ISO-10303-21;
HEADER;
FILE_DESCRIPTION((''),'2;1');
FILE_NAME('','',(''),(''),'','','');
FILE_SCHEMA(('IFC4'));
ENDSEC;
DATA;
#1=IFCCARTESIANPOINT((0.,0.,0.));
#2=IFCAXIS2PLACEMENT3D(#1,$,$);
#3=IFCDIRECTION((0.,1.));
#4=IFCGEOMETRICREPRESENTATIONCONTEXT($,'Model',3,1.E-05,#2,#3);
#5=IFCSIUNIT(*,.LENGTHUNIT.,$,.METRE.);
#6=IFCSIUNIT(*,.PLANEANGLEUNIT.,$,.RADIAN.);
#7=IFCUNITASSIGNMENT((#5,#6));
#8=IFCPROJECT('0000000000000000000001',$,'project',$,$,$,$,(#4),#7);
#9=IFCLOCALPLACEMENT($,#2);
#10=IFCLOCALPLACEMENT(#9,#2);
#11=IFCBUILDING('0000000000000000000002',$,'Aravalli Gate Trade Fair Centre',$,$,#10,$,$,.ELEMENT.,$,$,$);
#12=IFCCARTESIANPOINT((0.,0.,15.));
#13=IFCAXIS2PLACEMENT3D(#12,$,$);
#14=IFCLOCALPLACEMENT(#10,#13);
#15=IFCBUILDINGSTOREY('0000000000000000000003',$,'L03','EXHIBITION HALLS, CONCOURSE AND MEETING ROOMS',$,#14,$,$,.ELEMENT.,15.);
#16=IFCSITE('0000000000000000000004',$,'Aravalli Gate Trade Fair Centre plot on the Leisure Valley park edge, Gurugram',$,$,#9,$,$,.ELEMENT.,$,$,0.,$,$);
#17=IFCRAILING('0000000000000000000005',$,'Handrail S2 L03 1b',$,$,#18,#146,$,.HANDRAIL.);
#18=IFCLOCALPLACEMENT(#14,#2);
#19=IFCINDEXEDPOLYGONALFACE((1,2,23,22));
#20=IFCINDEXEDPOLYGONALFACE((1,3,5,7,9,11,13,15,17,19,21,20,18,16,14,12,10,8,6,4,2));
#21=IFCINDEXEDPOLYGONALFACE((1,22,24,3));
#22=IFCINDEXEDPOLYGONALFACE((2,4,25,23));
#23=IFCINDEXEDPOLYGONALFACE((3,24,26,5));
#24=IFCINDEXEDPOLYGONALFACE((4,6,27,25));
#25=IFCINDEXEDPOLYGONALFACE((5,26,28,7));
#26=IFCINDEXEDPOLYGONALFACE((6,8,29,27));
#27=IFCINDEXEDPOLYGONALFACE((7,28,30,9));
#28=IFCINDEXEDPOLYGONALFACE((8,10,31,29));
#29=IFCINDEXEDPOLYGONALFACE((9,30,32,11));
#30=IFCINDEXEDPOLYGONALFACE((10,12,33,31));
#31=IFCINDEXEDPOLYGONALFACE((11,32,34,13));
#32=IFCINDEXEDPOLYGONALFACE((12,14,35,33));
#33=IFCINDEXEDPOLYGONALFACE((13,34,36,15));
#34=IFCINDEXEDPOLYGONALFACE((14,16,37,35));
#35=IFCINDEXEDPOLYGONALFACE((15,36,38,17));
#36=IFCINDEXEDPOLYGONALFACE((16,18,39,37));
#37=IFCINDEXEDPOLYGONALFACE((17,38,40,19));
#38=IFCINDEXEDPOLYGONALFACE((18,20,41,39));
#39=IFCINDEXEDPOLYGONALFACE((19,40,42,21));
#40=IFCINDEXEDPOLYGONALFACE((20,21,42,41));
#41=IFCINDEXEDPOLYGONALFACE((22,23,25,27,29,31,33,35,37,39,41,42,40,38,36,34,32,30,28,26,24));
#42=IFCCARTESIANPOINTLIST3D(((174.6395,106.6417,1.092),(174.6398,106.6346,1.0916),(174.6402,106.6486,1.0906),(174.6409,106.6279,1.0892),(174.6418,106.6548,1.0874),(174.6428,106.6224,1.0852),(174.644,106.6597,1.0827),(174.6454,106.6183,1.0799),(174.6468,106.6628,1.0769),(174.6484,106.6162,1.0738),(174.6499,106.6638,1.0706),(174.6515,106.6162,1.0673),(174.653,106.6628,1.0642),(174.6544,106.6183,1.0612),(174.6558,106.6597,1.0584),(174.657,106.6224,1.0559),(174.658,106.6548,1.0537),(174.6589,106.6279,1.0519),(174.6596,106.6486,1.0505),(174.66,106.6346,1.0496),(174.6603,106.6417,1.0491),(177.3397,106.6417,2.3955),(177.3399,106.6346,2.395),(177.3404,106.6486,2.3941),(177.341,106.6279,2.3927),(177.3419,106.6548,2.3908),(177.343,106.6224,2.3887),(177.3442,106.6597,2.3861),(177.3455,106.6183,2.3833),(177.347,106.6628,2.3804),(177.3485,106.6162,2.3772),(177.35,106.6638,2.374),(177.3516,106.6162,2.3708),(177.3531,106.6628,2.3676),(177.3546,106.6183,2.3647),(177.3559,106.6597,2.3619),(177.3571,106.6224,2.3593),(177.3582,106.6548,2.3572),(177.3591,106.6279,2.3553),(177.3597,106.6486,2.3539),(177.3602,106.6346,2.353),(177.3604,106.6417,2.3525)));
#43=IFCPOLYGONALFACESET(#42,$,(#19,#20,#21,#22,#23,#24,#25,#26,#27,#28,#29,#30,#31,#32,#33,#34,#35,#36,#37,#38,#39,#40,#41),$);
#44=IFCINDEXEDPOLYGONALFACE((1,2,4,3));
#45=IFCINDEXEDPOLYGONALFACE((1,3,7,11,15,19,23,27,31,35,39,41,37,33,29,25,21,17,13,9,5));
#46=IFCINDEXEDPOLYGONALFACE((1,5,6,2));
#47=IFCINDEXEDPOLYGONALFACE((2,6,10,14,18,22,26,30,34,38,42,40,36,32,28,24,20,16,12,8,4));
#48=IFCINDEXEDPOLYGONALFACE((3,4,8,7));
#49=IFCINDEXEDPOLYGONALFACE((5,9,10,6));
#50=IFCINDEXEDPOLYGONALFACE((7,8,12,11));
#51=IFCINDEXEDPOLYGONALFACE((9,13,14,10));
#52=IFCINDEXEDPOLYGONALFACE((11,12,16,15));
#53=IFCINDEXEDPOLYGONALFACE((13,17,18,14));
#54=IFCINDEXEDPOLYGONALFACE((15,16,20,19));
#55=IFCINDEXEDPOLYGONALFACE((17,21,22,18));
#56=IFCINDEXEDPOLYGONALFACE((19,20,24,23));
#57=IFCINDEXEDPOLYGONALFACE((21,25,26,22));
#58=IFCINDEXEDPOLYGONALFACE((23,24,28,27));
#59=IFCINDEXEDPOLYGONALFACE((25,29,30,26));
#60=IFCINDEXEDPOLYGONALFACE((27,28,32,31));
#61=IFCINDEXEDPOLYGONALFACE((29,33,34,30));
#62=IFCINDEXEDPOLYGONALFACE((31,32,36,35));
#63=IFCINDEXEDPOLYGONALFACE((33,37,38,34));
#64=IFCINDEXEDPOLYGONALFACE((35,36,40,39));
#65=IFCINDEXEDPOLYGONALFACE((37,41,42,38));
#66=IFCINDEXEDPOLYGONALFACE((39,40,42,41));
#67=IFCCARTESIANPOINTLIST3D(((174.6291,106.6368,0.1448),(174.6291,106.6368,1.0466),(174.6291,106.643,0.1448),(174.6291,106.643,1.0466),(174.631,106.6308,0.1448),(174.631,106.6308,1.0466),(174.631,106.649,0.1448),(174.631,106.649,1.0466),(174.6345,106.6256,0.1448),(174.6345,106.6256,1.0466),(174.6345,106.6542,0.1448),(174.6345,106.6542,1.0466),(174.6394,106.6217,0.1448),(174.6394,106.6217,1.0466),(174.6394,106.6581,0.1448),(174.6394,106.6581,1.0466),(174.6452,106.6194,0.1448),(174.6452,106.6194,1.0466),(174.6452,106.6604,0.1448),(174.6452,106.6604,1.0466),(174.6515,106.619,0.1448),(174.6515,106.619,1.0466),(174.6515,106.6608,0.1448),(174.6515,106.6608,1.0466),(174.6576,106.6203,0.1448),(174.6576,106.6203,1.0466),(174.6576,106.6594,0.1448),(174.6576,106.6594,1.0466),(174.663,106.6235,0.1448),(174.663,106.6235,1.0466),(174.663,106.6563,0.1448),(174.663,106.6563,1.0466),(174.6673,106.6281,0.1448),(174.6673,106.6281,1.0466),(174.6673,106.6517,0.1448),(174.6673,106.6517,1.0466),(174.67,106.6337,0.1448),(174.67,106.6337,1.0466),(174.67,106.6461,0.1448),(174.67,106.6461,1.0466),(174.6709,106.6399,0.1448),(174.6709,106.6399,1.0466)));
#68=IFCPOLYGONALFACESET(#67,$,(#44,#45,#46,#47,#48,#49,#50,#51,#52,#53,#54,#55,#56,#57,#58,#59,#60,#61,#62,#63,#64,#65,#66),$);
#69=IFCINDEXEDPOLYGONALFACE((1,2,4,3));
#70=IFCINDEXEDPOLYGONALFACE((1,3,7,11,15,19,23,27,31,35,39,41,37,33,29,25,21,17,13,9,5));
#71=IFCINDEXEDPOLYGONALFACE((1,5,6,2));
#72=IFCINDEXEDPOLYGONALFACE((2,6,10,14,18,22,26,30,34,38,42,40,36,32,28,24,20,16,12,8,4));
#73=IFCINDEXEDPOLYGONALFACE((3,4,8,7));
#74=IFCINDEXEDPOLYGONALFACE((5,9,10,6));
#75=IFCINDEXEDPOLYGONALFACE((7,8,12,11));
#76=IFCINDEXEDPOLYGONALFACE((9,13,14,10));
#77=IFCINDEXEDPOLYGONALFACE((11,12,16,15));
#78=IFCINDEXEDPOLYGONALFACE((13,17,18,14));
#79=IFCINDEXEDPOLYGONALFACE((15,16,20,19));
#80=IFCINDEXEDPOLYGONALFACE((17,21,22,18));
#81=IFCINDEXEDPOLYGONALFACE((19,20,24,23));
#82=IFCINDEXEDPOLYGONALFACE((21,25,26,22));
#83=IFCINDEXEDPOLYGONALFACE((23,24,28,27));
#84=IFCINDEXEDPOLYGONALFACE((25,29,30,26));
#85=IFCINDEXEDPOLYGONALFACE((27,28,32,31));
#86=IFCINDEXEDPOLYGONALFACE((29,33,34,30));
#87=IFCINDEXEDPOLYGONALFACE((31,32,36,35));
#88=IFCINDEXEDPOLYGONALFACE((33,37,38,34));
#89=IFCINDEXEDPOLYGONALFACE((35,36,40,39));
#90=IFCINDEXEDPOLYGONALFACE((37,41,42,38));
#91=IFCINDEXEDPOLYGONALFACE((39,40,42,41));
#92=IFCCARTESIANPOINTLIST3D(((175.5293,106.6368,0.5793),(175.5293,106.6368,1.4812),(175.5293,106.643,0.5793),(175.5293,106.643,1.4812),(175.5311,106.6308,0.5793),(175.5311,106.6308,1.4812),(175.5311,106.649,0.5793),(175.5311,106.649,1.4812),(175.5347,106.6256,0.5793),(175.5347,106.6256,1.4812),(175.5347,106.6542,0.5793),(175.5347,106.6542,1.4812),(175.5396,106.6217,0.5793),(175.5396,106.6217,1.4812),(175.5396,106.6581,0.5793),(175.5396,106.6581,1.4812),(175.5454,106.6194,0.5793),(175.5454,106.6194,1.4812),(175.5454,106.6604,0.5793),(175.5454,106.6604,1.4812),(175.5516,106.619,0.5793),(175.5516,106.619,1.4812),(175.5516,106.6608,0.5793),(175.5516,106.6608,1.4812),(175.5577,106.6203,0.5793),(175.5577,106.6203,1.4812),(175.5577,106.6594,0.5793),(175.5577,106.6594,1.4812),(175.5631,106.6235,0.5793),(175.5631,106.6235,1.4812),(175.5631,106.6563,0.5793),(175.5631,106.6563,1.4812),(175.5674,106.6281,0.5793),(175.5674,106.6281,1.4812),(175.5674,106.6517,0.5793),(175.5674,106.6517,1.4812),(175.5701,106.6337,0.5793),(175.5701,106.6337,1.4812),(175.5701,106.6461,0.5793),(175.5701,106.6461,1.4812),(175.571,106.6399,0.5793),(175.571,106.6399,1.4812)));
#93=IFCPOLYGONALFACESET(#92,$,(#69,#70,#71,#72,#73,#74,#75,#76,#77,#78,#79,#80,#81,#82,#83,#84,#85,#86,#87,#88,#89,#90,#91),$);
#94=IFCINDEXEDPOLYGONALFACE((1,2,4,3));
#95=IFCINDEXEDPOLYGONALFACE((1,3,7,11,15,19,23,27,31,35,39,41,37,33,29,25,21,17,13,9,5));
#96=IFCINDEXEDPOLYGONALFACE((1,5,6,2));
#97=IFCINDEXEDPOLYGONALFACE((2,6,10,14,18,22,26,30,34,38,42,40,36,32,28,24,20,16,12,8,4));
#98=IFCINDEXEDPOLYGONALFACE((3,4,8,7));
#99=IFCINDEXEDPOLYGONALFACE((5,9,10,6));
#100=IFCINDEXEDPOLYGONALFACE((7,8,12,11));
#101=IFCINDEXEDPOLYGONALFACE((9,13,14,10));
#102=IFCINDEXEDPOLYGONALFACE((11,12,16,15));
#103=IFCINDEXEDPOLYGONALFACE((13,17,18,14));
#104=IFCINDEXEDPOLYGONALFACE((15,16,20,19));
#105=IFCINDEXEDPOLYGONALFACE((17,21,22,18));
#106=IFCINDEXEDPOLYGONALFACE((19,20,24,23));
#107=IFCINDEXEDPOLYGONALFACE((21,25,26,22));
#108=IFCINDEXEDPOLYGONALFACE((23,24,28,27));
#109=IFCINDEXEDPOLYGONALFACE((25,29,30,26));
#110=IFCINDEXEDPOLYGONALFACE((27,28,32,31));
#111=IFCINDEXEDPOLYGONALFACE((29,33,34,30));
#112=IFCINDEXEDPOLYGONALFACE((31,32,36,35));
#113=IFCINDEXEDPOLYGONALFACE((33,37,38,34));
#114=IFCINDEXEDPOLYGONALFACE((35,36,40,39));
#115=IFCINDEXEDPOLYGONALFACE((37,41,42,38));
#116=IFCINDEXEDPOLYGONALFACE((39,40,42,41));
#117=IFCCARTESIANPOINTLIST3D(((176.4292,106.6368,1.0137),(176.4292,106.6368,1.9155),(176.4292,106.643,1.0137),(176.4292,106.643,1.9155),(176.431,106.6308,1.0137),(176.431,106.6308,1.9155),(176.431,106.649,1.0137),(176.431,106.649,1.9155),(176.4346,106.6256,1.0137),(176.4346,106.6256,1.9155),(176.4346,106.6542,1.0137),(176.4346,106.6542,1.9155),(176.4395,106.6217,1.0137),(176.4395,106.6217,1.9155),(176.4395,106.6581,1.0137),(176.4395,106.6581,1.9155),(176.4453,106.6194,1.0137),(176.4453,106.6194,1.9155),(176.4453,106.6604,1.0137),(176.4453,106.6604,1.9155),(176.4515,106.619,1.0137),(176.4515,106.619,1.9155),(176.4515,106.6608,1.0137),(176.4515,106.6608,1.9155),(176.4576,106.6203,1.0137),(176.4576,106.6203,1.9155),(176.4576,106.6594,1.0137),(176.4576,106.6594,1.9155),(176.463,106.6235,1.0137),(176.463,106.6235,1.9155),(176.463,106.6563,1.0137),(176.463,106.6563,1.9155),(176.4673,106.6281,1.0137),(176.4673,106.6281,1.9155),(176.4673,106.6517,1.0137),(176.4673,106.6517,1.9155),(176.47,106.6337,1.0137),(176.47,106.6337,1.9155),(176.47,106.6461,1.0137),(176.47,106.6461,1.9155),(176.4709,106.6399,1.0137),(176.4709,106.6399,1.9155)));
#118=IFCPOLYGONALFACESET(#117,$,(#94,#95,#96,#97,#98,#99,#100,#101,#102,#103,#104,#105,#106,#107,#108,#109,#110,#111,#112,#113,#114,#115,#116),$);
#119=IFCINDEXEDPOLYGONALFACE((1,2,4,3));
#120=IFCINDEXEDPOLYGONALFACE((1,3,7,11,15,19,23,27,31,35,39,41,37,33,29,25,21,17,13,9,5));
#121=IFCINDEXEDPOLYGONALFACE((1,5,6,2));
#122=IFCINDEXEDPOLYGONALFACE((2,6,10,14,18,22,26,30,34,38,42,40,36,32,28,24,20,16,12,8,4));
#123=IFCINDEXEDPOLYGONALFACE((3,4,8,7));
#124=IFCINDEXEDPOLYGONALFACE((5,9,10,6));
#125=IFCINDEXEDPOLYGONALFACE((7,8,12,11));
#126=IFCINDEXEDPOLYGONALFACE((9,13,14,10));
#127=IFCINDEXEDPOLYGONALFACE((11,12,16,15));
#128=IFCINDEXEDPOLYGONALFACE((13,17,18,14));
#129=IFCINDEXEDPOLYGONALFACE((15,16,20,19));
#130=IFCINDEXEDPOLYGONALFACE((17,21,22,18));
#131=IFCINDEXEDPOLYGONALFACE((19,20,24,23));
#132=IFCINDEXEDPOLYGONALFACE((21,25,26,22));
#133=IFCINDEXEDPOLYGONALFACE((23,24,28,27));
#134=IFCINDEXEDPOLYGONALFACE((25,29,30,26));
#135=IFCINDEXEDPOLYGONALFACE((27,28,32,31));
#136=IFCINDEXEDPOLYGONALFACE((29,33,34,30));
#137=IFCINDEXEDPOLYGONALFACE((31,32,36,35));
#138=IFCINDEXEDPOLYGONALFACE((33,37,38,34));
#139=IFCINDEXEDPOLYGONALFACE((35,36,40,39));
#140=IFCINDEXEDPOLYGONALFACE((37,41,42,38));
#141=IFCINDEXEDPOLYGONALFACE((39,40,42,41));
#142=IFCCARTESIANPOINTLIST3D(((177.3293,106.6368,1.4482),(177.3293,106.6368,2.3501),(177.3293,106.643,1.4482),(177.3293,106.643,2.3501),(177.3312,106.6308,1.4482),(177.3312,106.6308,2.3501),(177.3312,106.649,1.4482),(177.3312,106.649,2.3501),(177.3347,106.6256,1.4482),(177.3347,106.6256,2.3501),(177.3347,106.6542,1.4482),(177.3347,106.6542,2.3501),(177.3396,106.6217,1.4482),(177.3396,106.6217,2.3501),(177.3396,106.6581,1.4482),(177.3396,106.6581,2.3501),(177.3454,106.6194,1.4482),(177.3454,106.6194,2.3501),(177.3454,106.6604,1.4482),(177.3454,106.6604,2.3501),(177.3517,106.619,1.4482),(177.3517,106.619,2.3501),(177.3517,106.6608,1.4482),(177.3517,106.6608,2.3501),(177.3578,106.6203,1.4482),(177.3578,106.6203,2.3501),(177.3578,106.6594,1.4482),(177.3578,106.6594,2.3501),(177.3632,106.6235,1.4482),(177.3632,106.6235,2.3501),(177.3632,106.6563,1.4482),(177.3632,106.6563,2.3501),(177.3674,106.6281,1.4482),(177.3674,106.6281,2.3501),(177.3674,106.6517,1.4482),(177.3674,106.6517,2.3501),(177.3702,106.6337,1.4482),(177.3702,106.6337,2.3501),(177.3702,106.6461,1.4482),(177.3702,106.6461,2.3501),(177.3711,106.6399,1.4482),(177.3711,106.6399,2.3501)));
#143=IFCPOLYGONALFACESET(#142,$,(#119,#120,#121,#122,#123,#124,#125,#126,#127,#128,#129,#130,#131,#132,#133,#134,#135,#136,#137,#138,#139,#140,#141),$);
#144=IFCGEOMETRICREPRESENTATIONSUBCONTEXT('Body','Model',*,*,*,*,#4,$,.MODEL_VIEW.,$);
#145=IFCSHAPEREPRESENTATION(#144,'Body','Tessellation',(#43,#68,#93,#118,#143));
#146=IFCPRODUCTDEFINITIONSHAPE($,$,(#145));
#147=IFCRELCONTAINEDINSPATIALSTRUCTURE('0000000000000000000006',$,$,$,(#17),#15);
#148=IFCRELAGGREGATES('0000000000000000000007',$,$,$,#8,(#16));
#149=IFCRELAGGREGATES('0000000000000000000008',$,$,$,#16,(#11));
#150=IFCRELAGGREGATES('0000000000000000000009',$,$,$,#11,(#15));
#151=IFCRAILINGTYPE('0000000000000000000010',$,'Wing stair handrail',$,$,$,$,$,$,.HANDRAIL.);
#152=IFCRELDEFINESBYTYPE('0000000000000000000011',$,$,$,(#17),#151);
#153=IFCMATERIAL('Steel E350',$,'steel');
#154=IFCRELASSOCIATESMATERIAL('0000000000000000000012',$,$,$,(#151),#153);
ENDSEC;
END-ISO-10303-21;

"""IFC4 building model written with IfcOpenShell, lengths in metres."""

from ifc_helpers import new_model, si_unit, direction, frame, origin, origin_2d, place, context, subcontext, project, spatial, circle, extrude, material, type_object, element, save


model = new_model("IFC4")

# Units and contexts
model_context = context("Model", 3, precision=1e-05, world=origin(), true_north=direction((0.0, 1.0)))
body_context = subcontext(model_context, "Body", "Model", "MODEL_VIEW")
ifc_project = project(units=[si_unit("LENGTHUNIT", "METRE"), si_unit("PLANEANGLEUNIT", "RADIAN")], contexts=[model_context])

# Site, building, storey
site_placement = place(None, origin())
site = spatial("IfcSite", under=ifc_project, at=site_placement, Name="Aravalli Gate Trade Fair Centre plot on the Leisure Valley park edge, Gurugram", CompositionType="ELEMENT", RefElevation=0.0)
building_placement = place(site_placement, origin())
building = spatial("IfcBuilding", under=site, at=building_placement, Name="Aravalli Gate Trade Fair Centre", CompositionType="ELEMENT")
storey_placement = place(building_placement, frame((0.0, 0.0, 15.0)))
storey = spatial("IfcBuildingStorey", under=building, at=storey_placement, Name="L03", Description="EXHIBITION HALLS, CONCOURSE AND MEETING ROOMS", CompositionType="ELEMENT", Elevation=15.0)

# Railing
ifc_material_1 = material(Name="Steel E350", Category="steel")
railing_type_1 = type_object("IfcRailingType", Name="Wing stair handrail", PredefinedType="HANDRAIL", material=ifc_material_1)
railing_1_placement = place(storey_placement, frame((174.6499, 106.6399, 0.1448)))
element("IfcRailing", 1, at=railing_1_placement, inside=storey, type_object=railing_type_1, Name="Handrail S2 L03 1b", PredefinedType="HANDRAIL", context=body_context, shape_type="SweptSolid", body=[
    extrude(circle(Radius=0.0239, at=origin_2d()), frame((0.0, 0.0, 0.9258), z_axis=(0.900562, 0.0, 0.434729), x_axis=(0.0, 1.0, 0.0)), (0.0, 0.0, 1.0), 2.9983),
    extrude(circle(Radius=0.021, at=origin_2d()), origin(), (0.0, 0.0, 1.0), 0.9019),
    extrude(circle(Radius=0.021, at=origin_2d()), frame((0.9001, 0.0, 0.4346)), (0.0, 0.0, 1.0), 0.9019),
    extrude(circle(Radius=0.021, at=origin_2d()), frame((1.8, 0.0, 0.8689)), (0.0, 0.0, 1.0), 0.9019),
    extrude(circle(Radius=0.021, at=origin_2d()), frame((2.7002, 0.0, 1.3035)), (0.0, 0.0, 1.0), 0.9019),
])

save(model, "model.ifc")
